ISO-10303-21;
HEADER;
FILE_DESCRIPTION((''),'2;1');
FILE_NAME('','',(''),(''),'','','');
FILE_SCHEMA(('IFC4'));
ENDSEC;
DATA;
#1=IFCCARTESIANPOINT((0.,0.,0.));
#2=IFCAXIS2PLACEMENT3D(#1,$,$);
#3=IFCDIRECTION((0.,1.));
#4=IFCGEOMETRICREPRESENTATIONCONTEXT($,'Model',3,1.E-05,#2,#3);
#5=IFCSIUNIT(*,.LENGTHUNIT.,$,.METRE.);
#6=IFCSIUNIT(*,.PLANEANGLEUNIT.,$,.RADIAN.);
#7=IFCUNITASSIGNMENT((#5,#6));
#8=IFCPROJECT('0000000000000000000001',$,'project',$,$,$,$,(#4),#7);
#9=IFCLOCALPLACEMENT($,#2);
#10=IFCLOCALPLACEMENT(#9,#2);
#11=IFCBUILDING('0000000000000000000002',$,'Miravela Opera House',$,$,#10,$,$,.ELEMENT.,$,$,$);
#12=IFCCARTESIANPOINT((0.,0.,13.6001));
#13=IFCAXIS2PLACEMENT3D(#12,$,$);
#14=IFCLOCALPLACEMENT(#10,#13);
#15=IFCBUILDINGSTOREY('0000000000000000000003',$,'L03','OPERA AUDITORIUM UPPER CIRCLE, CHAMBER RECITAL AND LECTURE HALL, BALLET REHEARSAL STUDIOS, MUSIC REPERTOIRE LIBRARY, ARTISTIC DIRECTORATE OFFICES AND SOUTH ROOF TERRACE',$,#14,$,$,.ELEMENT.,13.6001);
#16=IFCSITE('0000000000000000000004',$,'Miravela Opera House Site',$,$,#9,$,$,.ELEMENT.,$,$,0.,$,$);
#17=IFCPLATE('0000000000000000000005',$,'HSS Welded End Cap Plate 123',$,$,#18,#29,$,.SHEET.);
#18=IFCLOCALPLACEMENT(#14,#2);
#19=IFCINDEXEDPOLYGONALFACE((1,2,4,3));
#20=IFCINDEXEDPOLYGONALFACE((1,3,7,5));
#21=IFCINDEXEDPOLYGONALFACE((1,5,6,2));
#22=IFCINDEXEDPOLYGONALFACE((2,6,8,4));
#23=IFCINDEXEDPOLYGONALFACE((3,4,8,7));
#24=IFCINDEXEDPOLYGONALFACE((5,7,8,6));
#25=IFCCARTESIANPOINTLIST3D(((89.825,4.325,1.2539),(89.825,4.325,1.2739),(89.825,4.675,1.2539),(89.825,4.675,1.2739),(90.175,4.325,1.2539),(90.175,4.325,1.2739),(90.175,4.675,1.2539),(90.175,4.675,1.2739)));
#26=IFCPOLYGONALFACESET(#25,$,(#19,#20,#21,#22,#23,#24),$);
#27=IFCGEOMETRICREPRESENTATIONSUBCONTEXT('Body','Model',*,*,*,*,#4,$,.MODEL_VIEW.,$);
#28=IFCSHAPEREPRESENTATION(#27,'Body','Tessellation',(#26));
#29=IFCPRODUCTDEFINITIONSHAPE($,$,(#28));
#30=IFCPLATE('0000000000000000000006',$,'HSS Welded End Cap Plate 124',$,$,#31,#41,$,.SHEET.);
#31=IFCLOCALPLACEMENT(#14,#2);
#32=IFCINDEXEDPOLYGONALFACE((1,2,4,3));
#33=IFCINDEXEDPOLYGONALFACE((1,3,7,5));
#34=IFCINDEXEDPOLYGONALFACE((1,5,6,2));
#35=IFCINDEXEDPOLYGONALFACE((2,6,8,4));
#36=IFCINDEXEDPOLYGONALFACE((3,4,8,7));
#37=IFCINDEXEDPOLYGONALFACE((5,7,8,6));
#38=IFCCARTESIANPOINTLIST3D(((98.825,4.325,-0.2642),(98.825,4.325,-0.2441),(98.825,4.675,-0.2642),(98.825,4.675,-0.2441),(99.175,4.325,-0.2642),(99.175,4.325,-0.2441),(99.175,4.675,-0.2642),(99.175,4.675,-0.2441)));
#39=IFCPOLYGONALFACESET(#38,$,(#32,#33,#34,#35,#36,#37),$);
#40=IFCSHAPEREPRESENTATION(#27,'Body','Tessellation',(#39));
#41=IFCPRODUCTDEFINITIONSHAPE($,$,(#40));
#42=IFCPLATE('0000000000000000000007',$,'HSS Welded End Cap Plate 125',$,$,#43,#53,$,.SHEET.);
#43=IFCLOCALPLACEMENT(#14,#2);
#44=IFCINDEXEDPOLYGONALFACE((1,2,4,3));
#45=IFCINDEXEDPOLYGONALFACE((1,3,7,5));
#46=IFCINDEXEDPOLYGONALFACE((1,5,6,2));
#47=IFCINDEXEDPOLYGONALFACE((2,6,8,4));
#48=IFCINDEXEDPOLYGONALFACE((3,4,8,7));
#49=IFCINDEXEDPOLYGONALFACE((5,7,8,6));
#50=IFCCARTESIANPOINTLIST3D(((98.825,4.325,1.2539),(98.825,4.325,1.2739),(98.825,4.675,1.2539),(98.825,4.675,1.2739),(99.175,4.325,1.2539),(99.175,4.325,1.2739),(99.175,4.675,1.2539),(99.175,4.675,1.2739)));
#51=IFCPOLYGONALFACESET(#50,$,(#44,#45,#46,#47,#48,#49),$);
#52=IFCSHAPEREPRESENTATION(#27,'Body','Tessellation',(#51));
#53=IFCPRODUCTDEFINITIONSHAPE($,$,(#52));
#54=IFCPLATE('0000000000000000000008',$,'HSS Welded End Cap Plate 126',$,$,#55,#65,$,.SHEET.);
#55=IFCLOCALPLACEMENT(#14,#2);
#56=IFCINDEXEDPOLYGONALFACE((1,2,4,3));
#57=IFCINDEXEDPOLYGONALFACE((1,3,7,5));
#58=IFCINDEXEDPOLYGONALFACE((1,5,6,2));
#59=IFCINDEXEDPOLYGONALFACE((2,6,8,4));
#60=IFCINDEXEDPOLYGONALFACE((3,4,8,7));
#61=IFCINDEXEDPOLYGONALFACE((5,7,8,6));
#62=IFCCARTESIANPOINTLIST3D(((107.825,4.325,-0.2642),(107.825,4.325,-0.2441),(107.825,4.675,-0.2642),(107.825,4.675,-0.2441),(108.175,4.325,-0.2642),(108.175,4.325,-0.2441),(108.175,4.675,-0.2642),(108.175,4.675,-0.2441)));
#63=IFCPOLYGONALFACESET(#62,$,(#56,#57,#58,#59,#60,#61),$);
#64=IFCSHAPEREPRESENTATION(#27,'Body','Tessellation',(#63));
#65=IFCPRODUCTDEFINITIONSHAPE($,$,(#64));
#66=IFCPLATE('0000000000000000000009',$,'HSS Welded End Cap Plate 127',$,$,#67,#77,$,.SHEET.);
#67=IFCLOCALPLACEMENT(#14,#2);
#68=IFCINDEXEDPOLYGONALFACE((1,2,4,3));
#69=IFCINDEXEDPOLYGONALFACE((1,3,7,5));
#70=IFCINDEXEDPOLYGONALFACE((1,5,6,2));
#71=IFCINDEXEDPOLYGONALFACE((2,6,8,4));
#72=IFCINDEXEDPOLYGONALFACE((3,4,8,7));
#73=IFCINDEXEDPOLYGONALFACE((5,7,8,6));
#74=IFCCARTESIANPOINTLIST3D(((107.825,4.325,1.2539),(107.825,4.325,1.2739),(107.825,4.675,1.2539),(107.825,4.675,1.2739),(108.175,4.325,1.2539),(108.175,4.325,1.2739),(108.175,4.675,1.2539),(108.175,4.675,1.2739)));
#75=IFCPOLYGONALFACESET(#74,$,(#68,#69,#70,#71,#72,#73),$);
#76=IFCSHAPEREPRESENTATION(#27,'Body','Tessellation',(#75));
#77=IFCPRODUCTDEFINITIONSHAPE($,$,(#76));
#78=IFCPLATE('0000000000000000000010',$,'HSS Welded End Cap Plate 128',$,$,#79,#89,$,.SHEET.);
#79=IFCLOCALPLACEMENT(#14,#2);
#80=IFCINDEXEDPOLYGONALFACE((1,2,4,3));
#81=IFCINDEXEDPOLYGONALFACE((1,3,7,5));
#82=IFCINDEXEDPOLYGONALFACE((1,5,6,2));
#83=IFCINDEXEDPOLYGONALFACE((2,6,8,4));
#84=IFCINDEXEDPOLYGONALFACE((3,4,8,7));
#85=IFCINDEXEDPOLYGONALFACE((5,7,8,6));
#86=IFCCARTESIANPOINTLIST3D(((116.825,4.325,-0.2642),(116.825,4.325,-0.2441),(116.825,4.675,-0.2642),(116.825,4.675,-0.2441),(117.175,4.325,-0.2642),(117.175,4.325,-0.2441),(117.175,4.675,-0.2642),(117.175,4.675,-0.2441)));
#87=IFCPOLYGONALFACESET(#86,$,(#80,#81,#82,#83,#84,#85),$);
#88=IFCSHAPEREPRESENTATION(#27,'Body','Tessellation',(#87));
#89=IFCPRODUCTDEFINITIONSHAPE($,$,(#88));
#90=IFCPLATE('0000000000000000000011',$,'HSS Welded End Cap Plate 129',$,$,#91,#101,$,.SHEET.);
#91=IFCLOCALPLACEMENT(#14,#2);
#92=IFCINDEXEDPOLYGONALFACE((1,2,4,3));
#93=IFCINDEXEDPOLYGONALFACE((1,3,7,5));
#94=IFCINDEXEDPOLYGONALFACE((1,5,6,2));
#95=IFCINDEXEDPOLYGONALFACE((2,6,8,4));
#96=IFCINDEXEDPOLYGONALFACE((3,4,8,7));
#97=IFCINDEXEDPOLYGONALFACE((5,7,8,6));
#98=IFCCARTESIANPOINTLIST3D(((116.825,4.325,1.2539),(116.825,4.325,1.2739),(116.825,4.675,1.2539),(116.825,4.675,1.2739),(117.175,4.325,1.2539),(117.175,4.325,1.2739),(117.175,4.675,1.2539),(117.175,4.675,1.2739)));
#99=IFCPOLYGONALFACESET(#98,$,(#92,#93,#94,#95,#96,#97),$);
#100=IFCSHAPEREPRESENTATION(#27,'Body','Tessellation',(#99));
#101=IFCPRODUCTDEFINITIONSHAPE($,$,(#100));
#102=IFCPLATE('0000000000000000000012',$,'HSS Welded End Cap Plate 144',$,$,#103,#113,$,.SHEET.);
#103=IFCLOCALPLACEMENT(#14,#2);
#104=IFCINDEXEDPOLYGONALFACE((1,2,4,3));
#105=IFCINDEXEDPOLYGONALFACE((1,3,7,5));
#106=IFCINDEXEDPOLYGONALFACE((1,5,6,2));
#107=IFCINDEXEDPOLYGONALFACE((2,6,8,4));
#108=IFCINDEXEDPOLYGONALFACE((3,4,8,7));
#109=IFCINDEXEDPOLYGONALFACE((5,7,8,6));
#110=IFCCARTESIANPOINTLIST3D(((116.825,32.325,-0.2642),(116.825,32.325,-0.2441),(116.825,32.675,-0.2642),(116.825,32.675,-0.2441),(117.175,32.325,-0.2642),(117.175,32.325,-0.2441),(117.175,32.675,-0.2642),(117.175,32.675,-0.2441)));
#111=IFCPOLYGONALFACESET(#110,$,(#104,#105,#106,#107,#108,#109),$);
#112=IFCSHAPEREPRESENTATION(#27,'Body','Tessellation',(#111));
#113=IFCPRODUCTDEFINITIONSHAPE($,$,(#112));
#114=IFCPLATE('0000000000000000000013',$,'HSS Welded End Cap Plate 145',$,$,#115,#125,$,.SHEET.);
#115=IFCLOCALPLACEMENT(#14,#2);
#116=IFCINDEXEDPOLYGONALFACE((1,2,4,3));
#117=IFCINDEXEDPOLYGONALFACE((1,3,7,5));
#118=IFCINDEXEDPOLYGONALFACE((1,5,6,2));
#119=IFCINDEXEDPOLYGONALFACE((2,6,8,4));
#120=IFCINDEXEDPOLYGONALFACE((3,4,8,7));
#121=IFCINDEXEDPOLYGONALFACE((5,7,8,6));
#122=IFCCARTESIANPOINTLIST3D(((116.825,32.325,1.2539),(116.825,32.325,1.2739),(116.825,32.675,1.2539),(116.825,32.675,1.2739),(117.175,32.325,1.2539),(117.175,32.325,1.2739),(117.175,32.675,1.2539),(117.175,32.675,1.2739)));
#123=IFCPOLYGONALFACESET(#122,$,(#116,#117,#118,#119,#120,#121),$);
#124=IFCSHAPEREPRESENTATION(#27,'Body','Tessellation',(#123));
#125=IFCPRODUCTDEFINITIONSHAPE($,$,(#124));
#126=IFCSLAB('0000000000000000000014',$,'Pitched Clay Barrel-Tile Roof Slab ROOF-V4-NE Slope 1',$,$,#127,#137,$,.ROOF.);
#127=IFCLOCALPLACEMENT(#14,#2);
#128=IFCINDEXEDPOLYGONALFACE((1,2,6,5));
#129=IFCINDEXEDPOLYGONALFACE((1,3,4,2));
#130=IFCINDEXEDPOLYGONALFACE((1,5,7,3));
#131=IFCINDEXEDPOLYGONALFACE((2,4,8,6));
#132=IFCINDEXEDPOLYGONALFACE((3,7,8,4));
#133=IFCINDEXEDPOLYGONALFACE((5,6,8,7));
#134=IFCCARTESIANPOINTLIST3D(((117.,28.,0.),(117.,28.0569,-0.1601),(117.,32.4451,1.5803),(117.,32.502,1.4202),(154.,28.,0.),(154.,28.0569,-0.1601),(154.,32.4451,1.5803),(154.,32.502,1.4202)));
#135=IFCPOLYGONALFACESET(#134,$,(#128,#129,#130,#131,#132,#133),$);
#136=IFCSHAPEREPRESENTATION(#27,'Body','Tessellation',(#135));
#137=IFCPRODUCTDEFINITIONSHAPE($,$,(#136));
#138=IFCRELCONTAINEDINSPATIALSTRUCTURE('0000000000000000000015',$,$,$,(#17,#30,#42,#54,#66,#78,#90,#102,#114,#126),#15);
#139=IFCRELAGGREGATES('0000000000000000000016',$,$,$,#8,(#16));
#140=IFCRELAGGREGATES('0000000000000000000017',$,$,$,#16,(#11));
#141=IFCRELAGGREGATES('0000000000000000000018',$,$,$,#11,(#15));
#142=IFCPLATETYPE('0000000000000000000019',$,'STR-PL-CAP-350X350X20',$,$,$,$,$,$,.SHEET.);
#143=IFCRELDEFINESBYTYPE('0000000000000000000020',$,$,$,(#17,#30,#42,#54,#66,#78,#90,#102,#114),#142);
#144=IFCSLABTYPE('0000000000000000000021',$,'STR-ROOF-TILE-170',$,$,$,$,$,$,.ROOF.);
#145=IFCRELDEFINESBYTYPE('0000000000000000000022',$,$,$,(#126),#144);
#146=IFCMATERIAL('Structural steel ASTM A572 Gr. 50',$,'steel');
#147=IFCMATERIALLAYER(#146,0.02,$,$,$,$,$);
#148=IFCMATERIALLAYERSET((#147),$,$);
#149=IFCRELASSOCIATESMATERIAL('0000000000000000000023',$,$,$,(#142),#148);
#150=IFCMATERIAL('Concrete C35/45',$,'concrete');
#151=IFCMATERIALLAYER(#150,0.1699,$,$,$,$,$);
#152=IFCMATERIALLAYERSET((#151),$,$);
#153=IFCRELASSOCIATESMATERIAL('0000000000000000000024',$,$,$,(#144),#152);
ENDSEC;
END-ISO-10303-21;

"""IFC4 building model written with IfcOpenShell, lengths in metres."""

from ifc_helpers import new_model, si_unit, direction, frame, origin, origin_2d, place, context, subcontext, project, spatial, polyline, rectangle, outline, extrude, material, layer, layer_set, type_object, element, save


model = new_model("IFC4")

# Units and contexts
model_context = context("Model", 3, precision=1e-05, world=origin(), true_north=direction((0.0, 1.0)))
body_context = subcontext(model_context, "Body", "Model", "MODEL_VIEW")
ifc_project = project(units=[si_unit("LENGTHUNIT", "METRE"), si_unit("PLANEANGLEUNIT", "RADIAN")], contexts=[model_context])

# Site, building, storey
site_placement = place(None, origin())
site = spatial("IfcSite", under=ifc_project, at=site_placement, Name="Miravela Opera House Site", CompositionType="ELEMENT", RefElevation=0.0)
building_placement = place(site_placement, origin())
building = spatial("IfcBuilding", under=site, at=building_placement, Name="Miravela Opera House", CompositionType="ELEMENT")
storey_placement = place(building_placement, frame((0.0, 0.0, 13.6001)))
storey = spatial("IfcBuildingStorey", under=building, at=storey_placement, Name="L03", Description="OPERA AUDITORIUM UPPER CIRCLE, CHAMBER RECITAL AND LECTURE HALL, BALLET REHEARSAL STUDIOS, MUSIC REPERTOIRE LIBRARY, ARTISTIC DIRECTORATE OFFICES AND SOUTH ROOF TERRACE", CompositionType="ELEMENT", Elevation=13.6001)

# Shared definitions
ifc_material_1 = material(Name="Concrete C35/45", Category="concrete")

# Plates
ifc_material_2 = material(Name="Structural steel ASTM A572 Gr. 50", Category="steel")
ifc_layer_1 = layer(ifc_material_2, 0.02)
ifc_layer_set_1 = layer_set([ifc_layer_1])
plate_type = type_object("IfcPlateType", Name="STR-PL-CAP-350X350X20", PredefinedType="SHEET", material=ifc_layer_set_1)
for number, where, z_axis, x_axis, name in (
    (1, (90.0, 4.5, 1.2539), (0.0, 0.0, 1.0), (1.0, 0.0, 0.0), "HSS Welded End Cap Plate 123"),
    (2, (99.0, 4.5, -0.2642), (0.0, 0.0, 1.0), (1.0, 0.0, 0.0), "HSS Welded End Cap Plate 124"),
    (3, (99.0, 4.5, 1.2539), (0.0, 0.0, 1.0), (1.0, 0.0, 0.0), "HSS Welded End Cap Plate 125"),
    (4, (108.0, 4.5, -0.2642), (0.0, 0.0, 1.0), (1.0, 0.0, 0.0), "HSS Welded End Cap Plate 126"),
    (5, (108.0, 4.5, 1.2539), (0.0, 0.0, 1.0), (1.0, 0.0, 0.0), "HSS Welded End Cap Plate 127"),
    (6, (117.0, 4.5, -0.2642), (0.0, 0.0, 1.0), (1.0, 0.0, 0.0), "HSS Welded End Cap Plate 128"),
    (7, (117.0, 4.5, 1.2539), (0.0, 0.0, 1.0), (1.0, 0.0, 0.0), "HSS Welded End Cap Plate 129"),
    (8, (117.0, 32.5, -0.2642), (0.0, 0.0, 1.0), (1.0, 0.0, 0.0), "HSS Welded End Cap Plate 144"),
    (9, (117.0, 32.5, 1.2539), (0.0, 0.0, 1.0), (1.0, 0.0, 0.0), "HSS Welded End Cap Plate 145"),
):
    element("IfcPlate", number, at=place(storey_placement, frame(where, z_axis=z_axis, x_axis=x_axis)), inside=storey, type_object=plate_type, Name=name, PredefinedType="SHEET", context=body_context, shape_type="SweptSolid", body=[
        extrude(rectangle(XDim=0.3501, YDim=0.3501, at=origin_2d()), origin(), (0.0, 0.0, 1.0), 0.02),
    ])

# Slab
ifc_layer_2 = layer(ifc_material_1, 0.1699)
ifc_layer_set_2 = layer_set([ifc_layer_2])
slab_type = type_object("IfcSlabType", Name="STR-ROOF-TILE-170", PredefinedType="ROOF", material=ifc_layer_set_2)
slab_placement = place(storey_placement, frame((117.0, 28.0, 0.0), z_axis=(0.0, -0.334982, 0.942224), x_axis=(1.0, 0.0, 0.0)))
element("IfcSlab", 10, at=slab_placement, inside=storey, type_object=slab_type, Name="Pitched Clay Barrel-Tile Roof Slab ROOF-V4-NE Slope 1", PredefinedType="ROOF", context=body_context, shape_type="SweptSolid", body=[
    extrude(outline(polyline([(0.0, 0.0), (37.0, 0.0), (37.0, 4.7176), (0.0, 4.7176), (0.0, 0.0)])), origin(), (0.0, 0.0, -1.0), 0.1699),
])

save(model, "model.ifc")
